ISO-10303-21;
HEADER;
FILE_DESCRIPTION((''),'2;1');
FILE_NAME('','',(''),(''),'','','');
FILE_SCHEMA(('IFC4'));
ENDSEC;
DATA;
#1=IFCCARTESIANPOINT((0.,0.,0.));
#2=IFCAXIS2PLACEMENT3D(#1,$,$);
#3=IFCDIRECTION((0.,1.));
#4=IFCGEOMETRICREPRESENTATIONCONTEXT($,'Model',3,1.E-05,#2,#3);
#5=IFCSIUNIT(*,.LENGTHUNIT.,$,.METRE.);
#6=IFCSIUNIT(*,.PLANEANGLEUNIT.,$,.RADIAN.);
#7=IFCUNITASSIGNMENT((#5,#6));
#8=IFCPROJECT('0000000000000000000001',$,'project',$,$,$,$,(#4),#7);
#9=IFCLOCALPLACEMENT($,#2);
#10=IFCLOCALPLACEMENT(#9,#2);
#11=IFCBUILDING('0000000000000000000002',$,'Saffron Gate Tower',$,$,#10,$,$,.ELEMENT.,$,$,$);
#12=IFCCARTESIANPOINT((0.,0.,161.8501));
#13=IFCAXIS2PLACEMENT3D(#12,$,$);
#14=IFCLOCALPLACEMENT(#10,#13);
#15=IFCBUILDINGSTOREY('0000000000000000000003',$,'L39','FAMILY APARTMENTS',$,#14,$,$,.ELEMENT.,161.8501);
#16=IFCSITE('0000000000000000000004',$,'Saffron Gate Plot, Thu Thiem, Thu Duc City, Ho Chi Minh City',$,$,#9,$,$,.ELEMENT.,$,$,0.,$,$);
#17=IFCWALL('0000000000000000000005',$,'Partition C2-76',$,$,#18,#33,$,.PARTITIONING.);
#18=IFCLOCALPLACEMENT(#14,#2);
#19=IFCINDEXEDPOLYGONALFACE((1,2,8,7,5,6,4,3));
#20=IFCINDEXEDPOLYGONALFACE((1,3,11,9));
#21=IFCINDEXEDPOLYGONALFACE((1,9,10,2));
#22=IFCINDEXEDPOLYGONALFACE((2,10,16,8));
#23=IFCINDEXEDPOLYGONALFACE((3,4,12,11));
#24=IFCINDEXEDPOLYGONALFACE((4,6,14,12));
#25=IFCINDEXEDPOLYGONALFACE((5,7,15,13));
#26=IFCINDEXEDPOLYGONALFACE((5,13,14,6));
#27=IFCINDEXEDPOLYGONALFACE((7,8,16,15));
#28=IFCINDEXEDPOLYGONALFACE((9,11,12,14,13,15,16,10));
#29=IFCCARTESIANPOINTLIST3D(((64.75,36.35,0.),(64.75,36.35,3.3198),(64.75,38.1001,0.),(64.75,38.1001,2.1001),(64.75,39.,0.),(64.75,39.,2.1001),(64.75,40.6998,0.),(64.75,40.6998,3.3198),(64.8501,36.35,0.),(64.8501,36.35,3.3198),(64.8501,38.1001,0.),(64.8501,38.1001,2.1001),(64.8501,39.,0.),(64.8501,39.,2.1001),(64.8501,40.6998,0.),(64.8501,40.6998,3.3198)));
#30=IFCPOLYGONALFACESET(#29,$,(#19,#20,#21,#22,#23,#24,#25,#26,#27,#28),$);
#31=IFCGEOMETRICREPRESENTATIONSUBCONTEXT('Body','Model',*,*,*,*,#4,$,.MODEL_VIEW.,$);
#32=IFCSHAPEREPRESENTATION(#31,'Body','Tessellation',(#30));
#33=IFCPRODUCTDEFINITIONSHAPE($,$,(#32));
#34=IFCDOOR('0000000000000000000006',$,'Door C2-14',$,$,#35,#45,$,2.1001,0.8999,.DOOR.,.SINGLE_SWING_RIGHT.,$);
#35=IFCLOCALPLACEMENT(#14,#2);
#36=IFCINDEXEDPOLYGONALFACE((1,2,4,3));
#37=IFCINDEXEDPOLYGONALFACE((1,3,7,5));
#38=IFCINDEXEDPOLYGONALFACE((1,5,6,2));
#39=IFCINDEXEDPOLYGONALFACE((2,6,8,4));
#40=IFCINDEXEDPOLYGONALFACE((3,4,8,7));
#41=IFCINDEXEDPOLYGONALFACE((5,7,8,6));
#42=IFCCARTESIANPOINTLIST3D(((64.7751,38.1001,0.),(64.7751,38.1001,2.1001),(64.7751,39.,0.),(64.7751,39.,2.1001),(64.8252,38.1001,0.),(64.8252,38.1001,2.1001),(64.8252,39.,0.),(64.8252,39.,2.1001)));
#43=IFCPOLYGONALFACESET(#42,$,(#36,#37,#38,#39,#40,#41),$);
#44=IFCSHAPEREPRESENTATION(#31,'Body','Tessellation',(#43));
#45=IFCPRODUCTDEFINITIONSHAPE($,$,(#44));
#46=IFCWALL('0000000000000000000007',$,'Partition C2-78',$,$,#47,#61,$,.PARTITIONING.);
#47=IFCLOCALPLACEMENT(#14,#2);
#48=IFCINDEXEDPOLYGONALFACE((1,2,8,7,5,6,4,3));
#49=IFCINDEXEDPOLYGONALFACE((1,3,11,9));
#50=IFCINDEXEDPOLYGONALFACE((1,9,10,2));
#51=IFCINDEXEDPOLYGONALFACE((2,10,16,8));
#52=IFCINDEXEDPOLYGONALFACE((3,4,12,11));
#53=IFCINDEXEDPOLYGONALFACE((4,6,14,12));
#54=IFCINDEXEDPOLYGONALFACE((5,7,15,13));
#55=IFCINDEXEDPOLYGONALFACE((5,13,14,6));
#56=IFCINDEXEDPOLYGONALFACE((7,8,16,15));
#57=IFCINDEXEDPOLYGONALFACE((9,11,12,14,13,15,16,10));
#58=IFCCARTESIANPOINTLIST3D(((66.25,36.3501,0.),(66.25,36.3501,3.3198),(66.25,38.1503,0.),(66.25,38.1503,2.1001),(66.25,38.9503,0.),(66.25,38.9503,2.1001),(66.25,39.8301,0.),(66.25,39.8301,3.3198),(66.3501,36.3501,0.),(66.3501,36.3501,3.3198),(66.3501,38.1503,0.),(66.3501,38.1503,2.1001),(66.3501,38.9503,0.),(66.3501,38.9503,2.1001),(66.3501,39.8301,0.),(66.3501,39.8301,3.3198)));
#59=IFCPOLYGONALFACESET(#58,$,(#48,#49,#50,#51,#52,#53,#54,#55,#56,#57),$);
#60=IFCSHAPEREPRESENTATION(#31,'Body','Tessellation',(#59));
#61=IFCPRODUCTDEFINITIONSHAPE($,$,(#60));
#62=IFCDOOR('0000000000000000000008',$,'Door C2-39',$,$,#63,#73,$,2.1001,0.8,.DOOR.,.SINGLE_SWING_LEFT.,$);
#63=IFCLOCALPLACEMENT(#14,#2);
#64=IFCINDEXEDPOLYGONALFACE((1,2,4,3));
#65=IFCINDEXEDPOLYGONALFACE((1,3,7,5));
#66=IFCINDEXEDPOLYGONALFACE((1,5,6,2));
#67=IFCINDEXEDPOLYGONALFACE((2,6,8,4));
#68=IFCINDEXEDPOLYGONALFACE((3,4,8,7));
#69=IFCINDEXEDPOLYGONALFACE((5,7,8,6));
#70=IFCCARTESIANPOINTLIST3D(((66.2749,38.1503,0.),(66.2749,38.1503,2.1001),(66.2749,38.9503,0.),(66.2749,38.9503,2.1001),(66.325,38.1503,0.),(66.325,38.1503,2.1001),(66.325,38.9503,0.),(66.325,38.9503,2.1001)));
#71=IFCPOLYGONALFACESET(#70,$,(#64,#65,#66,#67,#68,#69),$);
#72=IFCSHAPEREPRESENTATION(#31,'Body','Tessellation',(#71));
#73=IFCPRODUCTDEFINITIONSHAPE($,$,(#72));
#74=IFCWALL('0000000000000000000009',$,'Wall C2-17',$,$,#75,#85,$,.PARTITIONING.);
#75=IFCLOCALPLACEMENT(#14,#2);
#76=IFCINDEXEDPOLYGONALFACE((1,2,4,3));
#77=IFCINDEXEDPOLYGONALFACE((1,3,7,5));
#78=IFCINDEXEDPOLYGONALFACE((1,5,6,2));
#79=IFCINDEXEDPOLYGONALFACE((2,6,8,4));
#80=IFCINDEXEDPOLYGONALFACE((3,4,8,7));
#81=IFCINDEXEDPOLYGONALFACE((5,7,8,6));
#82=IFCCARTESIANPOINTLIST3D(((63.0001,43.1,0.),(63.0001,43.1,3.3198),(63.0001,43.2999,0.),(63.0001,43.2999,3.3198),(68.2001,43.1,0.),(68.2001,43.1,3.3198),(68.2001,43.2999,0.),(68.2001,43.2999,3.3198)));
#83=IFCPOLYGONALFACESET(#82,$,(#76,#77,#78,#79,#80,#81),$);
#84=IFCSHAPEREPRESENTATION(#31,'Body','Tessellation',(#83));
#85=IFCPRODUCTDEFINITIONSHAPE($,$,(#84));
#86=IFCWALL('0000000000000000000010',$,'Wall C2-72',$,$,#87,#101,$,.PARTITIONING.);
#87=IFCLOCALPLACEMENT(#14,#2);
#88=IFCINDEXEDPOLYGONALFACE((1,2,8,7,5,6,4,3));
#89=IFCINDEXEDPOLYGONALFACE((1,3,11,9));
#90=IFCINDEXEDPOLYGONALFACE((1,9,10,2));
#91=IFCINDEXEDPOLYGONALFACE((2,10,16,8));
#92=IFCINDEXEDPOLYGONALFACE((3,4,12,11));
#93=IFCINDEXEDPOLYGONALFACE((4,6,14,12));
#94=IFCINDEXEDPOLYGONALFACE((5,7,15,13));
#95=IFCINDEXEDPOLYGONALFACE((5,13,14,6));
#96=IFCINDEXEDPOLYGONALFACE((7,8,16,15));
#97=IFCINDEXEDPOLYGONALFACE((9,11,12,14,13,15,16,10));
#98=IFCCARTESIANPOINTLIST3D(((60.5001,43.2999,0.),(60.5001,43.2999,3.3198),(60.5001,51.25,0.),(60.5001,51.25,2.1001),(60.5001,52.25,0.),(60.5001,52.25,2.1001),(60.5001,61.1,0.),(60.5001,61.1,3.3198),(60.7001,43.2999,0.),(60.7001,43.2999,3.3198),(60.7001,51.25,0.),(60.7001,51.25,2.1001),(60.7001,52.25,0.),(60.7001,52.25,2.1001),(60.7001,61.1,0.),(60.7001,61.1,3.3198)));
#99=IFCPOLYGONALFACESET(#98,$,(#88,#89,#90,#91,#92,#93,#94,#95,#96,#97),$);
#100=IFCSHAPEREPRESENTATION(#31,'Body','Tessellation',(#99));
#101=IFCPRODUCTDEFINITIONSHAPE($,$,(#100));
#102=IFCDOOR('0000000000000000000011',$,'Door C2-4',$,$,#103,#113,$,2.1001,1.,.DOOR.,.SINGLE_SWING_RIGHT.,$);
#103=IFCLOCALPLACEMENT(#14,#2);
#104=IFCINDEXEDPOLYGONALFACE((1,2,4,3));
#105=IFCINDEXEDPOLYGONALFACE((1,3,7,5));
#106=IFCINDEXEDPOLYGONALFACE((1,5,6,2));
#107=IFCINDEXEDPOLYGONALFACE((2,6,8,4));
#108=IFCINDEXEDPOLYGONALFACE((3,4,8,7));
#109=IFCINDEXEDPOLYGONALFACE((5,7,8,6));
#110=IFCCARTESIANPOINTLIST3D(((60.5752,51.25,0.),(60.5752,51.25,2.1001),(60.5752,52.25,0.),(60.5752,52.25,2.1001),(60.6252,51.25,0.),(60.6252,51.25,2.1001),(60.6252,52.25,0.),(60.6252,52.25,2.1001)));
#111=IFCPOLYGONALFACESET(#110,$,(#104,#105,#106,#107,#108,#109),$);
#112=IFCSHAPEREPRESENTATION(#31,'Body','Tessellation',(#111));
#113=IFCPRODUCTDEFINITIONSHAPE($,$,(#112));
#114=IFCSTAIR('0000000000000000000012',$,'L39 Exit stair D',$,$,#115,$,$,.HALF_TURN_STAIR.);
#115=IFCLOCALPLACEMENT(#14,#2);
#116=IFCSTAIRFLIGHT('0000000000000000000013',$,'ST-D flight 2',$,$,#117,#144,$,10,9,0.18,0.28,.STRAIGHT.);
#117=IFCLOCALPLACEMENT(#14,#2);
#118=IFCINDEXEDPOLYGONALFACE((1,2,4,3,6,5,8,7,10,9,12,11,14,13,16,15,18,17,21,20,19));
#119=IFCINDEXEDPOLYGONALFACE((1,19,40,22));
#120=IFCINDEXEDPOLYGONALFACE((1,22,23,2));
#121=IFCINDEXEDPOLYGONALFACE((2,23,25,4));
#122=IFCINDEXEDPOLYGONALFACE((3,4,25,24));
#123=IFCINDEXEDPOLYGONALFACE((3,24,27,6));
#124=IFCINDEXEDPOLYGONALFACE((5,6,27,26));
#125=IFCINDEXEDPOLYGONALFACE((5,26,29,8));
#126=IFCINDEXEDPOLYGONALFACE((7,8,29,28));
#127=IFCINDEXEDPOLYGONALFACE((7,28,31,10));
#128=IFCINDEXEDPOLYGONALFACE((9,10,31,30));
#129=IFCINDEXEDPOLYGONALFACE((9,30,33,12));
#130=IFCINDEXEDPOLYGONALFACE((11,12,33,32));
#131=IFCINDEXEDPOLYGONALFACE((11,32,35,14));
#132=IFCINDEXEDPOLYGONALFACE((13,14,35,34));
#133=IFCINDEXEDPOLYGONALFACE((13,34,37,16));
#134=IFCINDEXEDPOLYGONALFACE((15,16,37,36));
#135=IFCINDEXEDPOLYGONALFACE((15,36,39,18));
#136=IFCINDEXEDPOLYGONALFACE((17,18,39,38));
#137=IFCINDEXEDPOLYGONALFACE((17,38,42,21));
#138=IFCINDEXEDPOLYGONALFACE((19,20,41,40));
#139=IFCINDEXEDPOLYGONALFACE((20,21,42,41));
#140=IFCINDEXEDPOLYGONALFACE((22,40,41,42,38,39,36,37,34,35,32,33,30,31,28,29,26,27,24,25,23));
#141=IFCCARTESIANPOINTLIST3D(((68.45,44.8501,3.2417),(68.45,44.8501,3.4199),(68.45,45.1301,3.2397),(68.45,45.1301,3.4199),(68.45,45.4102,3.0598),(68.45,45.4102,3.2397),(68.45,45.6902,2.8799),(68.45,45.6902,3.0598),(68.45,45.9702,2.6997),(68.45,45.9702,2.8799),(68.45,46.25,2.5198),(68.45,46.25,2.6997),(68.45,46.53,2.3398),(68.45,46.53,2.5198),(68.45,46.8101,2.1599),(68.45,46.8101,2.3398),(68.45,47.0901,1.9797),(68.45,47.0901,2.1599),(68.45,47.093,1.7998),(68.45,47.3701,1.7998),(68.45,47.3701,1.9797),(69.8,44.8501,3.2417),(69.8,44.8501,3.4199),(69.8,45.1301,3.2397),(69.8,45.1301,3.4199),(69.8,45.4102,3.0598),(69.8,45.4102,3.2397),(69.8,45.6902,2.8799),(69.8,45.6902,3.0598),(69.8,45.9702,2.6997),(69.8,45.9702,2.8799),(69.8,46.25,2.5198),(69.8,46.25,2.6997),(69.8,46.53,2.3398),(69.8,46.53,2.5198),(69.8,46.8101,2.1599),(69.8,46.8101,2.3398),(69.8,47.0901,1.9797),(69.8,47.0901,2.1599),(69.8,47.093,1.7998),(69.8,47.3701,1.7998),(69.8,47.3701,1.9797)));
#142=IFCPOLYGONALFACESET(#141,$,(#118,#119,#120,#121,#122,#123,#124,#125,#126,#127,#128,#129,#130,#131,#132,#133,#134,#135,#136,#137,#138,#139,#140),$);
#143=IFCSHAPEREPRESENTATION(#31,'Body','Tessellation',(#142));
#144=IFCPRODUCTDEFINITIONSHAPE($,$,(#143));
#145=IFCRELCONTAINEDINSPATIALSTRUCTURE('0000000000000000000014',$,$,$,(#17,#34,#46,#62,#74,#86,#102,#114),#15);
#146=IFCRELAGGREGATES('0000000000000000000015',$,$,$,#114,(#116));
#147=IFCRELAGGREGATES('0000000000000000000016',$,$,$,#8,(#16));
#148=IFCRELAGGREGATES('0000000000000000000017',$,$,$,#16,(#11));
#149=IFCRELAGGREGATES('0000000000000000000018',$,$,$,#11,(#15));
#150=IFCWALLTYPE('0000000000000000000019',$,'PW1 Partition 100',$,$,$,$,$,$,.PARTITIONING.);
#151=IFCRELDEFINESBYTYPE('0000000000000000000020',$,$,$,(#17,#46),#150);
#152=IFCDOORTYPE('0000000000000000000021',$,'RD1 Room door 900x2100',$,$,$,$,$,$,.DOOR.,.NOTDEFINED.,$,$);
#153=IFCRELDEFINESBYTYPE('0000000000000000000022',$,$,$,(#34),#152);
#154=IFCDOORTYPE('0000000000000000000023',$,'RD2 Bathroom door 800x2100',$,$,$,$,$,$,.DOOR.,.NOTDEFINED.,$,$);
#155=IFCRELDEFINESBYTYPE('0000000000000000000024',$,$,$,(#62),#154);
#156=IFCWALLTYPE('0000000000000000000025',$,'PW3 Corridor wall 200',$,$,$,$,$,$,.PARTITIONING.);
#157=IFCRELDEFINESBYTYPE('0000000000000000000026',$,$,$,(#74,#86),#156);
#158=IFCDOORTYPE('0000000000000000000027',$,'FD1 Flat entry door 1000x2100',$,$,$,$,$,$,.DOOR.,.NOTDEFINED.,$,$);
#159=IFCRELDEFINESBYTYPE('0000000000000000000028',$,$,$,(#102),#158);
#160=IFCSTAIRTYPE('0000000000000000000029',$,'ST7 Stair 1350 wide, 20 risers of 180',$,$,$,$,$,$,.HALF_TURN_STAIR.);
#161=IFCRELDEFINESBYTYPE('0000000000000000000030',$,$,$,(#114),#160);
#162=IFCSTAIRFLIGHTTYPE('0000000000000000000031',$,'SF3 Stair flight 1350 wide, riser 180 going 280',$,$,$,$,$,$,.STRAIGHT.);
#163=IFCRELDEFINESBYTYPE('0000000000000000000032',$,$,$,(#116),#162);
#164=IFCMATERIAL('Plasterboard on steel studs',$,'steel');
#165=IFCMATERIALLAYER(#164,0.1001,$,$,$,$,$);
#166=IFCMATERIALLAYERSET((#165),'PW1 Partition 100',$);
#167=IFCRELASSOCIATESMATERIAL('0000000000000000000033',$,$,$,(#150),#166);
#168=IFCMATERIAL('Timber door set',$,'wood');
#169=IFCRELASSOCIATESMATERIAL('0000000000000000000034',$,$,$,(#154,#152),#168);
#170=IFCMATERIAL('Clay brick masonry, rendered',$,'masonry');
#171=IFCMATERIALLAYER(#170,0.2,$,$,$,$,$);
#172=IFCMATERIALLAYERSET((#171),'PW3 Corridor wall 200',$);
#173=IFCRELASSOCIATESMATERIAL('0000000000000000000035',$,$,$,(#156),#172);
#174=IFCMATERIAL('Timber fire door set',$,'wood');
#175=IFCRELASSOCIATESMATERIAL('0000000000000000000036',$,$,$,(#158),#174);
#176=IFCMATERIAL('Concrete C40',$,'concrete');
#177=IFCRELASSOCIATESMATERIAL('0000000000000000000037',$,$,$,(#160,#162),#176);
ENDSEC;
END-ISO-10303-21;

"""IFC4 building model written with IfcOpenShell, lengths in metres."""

from ifc_helpers import new_model, si_unit, direction, frame, frame_2d, origin, place, context, subcontext, project, spatial, polyline, rectangle, outline, extrude, material, layer, layer_set, type_object, element, fill, aggregate, save


model = new_model("IFC4")

# Units and contexts
model_context = context("Model", 3, precision=1e-05, world=origin(), true_north=direction((0.0, 1.0)))
body_context = subcontext(model_context, "Body", "Model", "MODEL_VIEW")
ifc_project = project(units=[si_unit("LENGTHUNIT", "METRE"), si_unit("PLANEANGLEUNIT", "RADIAN")], contexts=[model_context])

# Site, building, storey
site_placement = place(None, origin())
site = spatial("IfcSite", under=ifc_project, at=site_placement, Name="Saffron Gate Plot, Thu Thiem, Thu Duc City, Ho Chi Minh City", CompositionType="ELEMENT", RefElevation=0.0)
building_placement = place(site_placement, origin())
building = spatial("IfcBuilding", under=site, at=building_placement, Name="Saffron Gate Tower", CompositionType="ELEMENT")
storey_placement = place(building_placement, frame((0.0, 0.0, 161.8501)))
storey = spatial("IfcBuildingStorey", under=building, at=storey_placement, Name="L39", Description="FAMILY APARTMENTS", CompositionType="ELEMENT", Elevation=161.8501)

# Shared definitions
ifc_material_1 = material(Name="Plasterboard on steel studs", Category="steel")
ifc_layer_1 = layer(ifc_material_1, 0.1001)
ifc_layer_set_1 = layer_set([ifc_layer_1], Name="PW1 Partition 100")
wall_type_1 = type_object("IfcWallType", Name="PW1 Partition 100", PredefinedType="PARTITIONING", material=ifc_layer_set_1)

# Shared definitions
ifc_material_2 = material(Name="Timber door set", Category="wood")
door_type_1 = type_object("IfcDoorType", Name="RD2 Bathroom door 800x2100", OperationType="NOTDEFINED", PredefinedType="DOOR", material=ifc_material_2)

# Walls, openings, doors
wall_1_placement = place(storey_placement, frame((64.8, 36.3501, 0.0), z_axis=(0.0, 0.0, 1.0), x_axis=(0.0, 1.0, 0.0)))
wall_1 = element("IfcWall", 1, at=wall_1_placement, inside=storey, type_object=wall_type_1, Name="Partition C2-76", PredefinedType="PARTITIONING", context=body_context, shape_type="SweptSolid", body=[
    extrude(rectangle(XDim=4.3499, YDim=0.1001, at=frame_2d((2.1748, 0.0))), origin(), (0.0, 0.0, 1.0), 3.3198),
])
opening_1_placement = place(wall_1_placement, frame((1.75, 0.0, 0.0)))
opening_1 = element("IfcOpeningElement", 2, at=opening_1_placement, cuts=wall_1, PredefinedType="OPENING", context=body_context, shape_type="SweptSolid", body=[
    extrude(rectangle(XDim=0.8999, YDim=2.1001, at=frame_2d((0.45, 1.05))), frame((0.0, 0.0601, 0.0), z_axis=(0.0, -1.0, 0.0), x_axis=(1.0, 0.0, 0.0)), (0.0, 0.0, 1.0), 0.1201),
])
door_type_2 = type_object("IfcDoorType", Name="RD1 Room door 900x2100", OperationType="NOTDEFINED", PredefinedType="DOOR", material=ifc_material_2)
door_1_placement = place(opening_1_placement, origin())
door_1 = element("IfcDoor", 3, at=door_1_placement, inside=storey, type_object=door_type_2, Name="Door C2-14", OperationType="SINGLE_SWING_RIGHT", OverallHeight=2.1001, OverallWidth=0.8999, PredefinedType="DOOR", context=body_context, shape_type="SweptSolid", body=[
    extrude(rectangle(XDim=0.8999, YDim=2.1001, at=frame_2d((0.45, 1.05))), frame((0.0, 0.0249, 0.0), z_axis=(0.0, -1.0, 0.0), x_axis=(1.0, 0.0, 0.0)), (0.0, 0.0, 1.0), 0.05),
])
fill(opening_1, door_1)
wall_2_placement = place(storey_placement, frame((66.3, 39.8301, 0.0), z_axis=(0.0, 0.0, 1.0), x_axis=(0.0, -1.0, 0.0)))
wall_2 = element("IfcWall", 4, at=wall_2_placement, inside=storey, type_object=wall_type_1, Name="Partition C2-78", PredefinedType="PARTITIONING", context=body_context, shape_type="SweptSolid", body=[
    extrude(rectangle(XDim=3.48, YDim=0.1001, at=frame_2d((1.74, 0.0))), origin(), (0.0, 0.0, 1.0), 3.3198),
])
opening_2_placement = place(wall_2_placement, frame((0.8799, 0.0, 0.0)))
opening_2 = element("IfcOpeningElement", 5, at=opening_2_placement, cuts=wall_2, PredefinedType="OPENING", context=body_context, shape_type="SweptSolid", body=[
    extrude(rectangle(XDim=0.8, YDim=2.1001, at=frame_2d((0.3999, 1.05))), frame((0.0, 0.0601, 0.0), z_axis=(0.0, -1.0, 0.0), x_axis=(1.0, 0.0, 0.0)), (0.0, 0.0, 1.0), 0.1201),
])
door_2_placement = place(opening_2_placement, origin())
door_2 = element("IfcDoor", 6, at=door_2_placement, inside=storey, type_object=door_type_1, Name="Door C2-39", OperationType="SINGLE_SWING_LEFT", OverallHeight=2.1001, OverallWidth=0.8, PredefinedType="DOOR", context=body_context, shape_type="SweptSolid", body=[
    extrude(rectangle(XDim=0.8, YDim=2.1001, at=frame_2d((0.3999, 1.05))), frame((0.0, 0.0249, 0.0), z_axis=(0.0, -1.0, 0.0), x_axis=(1.0, 0.0, 0.0)), (0.0, 0.0, 1.0), 0.05),
])
fill(opening_2, door_2)

# Wall
ifc_material_3 = material(Name="Clay brick masonry, rendered", Category="masonry")
ifc_layer_2 = layer(ifc_material_3, 0.2)
ifc_layer_set_2 = layer_set([ifc_layer_2], Name="PW3 Corridor wall 200")
wall_type_2 = type_object("IfcWallType", Name="PW3 Corridor wall 200", PredefinedType="PARTITIONING", material=ifc_layer_set_2)
wall_3_placement = place(storey_placement, frame((63.0, 43.2, 0.0), z_axis=(0.0, 0.0, 1.0), x_axis=(1.0, 0.0, 0.0)))
element("IfcWall", 7, at=wall_3_placement, inside=storey, type_object=wall_type_2, Name="Wall C2-17", PredefinedType="PARTITIONING", context=body_context, shape_type="SweptSolid", body=[
    extrude(rectangle(XDim=5.2, YDim=0.2, at=frame_2d((2.6001, 0.0))), origin(), (0.0, 0.0, 1.0), 3.3198),
])

# Wall, opening, door
wall_4_placement = place(storey_placement, frame((60.6001, 43.3, 0.0), z_axis=(0.0, 0.0, 1.0), x_axis=(0.0, 1.0, 0.0)))
wall_4 = element("IfcWall", 8, at=wall_4_placement, inside=storey, type_object=wall_type_2, Name="Wall C2-72", PredefinedType="PARTITIONING", context=body_context, shape_type="SweptSolid", body=[
    extrude(rectangle(XDim=17.8, YDim=0.2, at=frame_2d((8.8999, 0.0))), origin(), (0.0, 0.0, 1.0), 3.3198),
])
opening_3_placement = place(wall_4_placement, frame((7.95, 0.0, 0.0)))
opening_3 = element("IfcOpeningElement", 9, at=opening_3_placement, cuts=wall_4, PredefinedType="OPENING", context=body_context, shape_type="SweptSolid", body=[
    extrude(rectangle(XDim=1.0, YDim=2.1001, at=frame_2d((0.5, 1.05))), frame((0.0, 0.1099, 0.0), z_axis=(0.0, -1.0, 0.0), x_axis=(1.0, 0.0, 0.0)), (0.0, 0.0, 1.0), 0.22),
])
ifc_material_4 = material(Name="Timber fire door set", Category="wood")
door_type_3 = type_object("IfcDoorType", Name="FD1 Flat entry door 1000x2100", OperationType="NOTDEFINED", PredefinedType="DOOR", material=ifc_material_4)
door_3_placement = place(opening_3_placement, origin())
door_3 = element("IfcDoor", 10, at=door_3_placement, inside=storey, type_object=door_type_3, Name="Door C2-4", OperationType="SINGLE_SWING_RIGHT", OverallHeight=2.1001, OverallWidth=1.0, PredefinedType="DOOR", context=body_context, shape_type="SweptSolid", body=[
    extrude(rectangle(XDim=1.0, YDim=2.1001, at=frame_2d((0.5, 1.05))), frame((0.0, 0.0249, 0.0), z_axis=(0.0, -1.0, 0.0), x_axis=(1.0, 0.0, 0.0)), (0.0, 0.0, 1.0), 0.05),
])
fill(opening_3, door_3)

# Stair, stair flight
ifc_material_5 = material(Name="Concrete C40", Category="concrete")
stair_type = type_object("IfcStairType", Name="ST7 Stair 1350 wide, 20 risers of 180", PredefinedType="HALF_TURN_STAIR", material=ifc_material_5)
stair_placement = place(storey_placement, origin())
stair = element("IfcStair", 11, at=stair_placement, inside=storey, type_object=stair_type, Name="L39 Exit stair D", PredefinedType="HALF_TURN_STAIR")
stair_flight_type = type_object("IfcStairFlightType", Name="SF3 Stair flight 1350 wide, riser 180 going 280", PredefinedType="STRAIGHT", material=ifc_material_5)
stair_flight_placement = place(storey_placement, frame((69.125, 47.3701, 1.7998), z_axis=(0.0, 0.0, 1.0), x_axis=(0.0, -1.0, 0.0)))
stair_flight = element("IfcStairFlight", 12, at=stair_flight_placement, type_object=stair_flight_type, Name="ST-D flight 2", NumberOfRisers=10, NumberOfTreads=9, PredefinedType="STRAIGHT", RiserHeight=0.18, TreadLength=0.28, context=body_context, shape_type="SweptSolid", body=[
    extrude(outline(polyline([(0.0, 0.0), (0.0, 0.1799), (0.28, 0.1799), (0.28, 0.3601), (0.5601, 0.3601), (0.5601, 0.54), (0.8401, 0.54), (0.8401, 0.72), (1.1201, 0.72), (1.1201, 0.8999), (1.3999, 0.8999), (1.3999, 1.0801), (1.6799, 1.0801), (1.6799, 1.26), (1.96, 1.26), (1.96, 1.4399), (2.24, 1.4399), (2.24, 1.6201), (2.52, 1.6201), (2.52, 1.8), (2.52, 1.4419), (0.2771, 0.0), (0.0, 0.0)])), frame((0.0, 0.675, 0.0), z_axis=(0.0, -1.0, 0.0), x_axis=(1.0, 0.0, 0.0)), (0.0, 0.0, 1.0), 1.3501),
])
aggregate(stair, [stair_flight])

save(model, "model.ifc")
